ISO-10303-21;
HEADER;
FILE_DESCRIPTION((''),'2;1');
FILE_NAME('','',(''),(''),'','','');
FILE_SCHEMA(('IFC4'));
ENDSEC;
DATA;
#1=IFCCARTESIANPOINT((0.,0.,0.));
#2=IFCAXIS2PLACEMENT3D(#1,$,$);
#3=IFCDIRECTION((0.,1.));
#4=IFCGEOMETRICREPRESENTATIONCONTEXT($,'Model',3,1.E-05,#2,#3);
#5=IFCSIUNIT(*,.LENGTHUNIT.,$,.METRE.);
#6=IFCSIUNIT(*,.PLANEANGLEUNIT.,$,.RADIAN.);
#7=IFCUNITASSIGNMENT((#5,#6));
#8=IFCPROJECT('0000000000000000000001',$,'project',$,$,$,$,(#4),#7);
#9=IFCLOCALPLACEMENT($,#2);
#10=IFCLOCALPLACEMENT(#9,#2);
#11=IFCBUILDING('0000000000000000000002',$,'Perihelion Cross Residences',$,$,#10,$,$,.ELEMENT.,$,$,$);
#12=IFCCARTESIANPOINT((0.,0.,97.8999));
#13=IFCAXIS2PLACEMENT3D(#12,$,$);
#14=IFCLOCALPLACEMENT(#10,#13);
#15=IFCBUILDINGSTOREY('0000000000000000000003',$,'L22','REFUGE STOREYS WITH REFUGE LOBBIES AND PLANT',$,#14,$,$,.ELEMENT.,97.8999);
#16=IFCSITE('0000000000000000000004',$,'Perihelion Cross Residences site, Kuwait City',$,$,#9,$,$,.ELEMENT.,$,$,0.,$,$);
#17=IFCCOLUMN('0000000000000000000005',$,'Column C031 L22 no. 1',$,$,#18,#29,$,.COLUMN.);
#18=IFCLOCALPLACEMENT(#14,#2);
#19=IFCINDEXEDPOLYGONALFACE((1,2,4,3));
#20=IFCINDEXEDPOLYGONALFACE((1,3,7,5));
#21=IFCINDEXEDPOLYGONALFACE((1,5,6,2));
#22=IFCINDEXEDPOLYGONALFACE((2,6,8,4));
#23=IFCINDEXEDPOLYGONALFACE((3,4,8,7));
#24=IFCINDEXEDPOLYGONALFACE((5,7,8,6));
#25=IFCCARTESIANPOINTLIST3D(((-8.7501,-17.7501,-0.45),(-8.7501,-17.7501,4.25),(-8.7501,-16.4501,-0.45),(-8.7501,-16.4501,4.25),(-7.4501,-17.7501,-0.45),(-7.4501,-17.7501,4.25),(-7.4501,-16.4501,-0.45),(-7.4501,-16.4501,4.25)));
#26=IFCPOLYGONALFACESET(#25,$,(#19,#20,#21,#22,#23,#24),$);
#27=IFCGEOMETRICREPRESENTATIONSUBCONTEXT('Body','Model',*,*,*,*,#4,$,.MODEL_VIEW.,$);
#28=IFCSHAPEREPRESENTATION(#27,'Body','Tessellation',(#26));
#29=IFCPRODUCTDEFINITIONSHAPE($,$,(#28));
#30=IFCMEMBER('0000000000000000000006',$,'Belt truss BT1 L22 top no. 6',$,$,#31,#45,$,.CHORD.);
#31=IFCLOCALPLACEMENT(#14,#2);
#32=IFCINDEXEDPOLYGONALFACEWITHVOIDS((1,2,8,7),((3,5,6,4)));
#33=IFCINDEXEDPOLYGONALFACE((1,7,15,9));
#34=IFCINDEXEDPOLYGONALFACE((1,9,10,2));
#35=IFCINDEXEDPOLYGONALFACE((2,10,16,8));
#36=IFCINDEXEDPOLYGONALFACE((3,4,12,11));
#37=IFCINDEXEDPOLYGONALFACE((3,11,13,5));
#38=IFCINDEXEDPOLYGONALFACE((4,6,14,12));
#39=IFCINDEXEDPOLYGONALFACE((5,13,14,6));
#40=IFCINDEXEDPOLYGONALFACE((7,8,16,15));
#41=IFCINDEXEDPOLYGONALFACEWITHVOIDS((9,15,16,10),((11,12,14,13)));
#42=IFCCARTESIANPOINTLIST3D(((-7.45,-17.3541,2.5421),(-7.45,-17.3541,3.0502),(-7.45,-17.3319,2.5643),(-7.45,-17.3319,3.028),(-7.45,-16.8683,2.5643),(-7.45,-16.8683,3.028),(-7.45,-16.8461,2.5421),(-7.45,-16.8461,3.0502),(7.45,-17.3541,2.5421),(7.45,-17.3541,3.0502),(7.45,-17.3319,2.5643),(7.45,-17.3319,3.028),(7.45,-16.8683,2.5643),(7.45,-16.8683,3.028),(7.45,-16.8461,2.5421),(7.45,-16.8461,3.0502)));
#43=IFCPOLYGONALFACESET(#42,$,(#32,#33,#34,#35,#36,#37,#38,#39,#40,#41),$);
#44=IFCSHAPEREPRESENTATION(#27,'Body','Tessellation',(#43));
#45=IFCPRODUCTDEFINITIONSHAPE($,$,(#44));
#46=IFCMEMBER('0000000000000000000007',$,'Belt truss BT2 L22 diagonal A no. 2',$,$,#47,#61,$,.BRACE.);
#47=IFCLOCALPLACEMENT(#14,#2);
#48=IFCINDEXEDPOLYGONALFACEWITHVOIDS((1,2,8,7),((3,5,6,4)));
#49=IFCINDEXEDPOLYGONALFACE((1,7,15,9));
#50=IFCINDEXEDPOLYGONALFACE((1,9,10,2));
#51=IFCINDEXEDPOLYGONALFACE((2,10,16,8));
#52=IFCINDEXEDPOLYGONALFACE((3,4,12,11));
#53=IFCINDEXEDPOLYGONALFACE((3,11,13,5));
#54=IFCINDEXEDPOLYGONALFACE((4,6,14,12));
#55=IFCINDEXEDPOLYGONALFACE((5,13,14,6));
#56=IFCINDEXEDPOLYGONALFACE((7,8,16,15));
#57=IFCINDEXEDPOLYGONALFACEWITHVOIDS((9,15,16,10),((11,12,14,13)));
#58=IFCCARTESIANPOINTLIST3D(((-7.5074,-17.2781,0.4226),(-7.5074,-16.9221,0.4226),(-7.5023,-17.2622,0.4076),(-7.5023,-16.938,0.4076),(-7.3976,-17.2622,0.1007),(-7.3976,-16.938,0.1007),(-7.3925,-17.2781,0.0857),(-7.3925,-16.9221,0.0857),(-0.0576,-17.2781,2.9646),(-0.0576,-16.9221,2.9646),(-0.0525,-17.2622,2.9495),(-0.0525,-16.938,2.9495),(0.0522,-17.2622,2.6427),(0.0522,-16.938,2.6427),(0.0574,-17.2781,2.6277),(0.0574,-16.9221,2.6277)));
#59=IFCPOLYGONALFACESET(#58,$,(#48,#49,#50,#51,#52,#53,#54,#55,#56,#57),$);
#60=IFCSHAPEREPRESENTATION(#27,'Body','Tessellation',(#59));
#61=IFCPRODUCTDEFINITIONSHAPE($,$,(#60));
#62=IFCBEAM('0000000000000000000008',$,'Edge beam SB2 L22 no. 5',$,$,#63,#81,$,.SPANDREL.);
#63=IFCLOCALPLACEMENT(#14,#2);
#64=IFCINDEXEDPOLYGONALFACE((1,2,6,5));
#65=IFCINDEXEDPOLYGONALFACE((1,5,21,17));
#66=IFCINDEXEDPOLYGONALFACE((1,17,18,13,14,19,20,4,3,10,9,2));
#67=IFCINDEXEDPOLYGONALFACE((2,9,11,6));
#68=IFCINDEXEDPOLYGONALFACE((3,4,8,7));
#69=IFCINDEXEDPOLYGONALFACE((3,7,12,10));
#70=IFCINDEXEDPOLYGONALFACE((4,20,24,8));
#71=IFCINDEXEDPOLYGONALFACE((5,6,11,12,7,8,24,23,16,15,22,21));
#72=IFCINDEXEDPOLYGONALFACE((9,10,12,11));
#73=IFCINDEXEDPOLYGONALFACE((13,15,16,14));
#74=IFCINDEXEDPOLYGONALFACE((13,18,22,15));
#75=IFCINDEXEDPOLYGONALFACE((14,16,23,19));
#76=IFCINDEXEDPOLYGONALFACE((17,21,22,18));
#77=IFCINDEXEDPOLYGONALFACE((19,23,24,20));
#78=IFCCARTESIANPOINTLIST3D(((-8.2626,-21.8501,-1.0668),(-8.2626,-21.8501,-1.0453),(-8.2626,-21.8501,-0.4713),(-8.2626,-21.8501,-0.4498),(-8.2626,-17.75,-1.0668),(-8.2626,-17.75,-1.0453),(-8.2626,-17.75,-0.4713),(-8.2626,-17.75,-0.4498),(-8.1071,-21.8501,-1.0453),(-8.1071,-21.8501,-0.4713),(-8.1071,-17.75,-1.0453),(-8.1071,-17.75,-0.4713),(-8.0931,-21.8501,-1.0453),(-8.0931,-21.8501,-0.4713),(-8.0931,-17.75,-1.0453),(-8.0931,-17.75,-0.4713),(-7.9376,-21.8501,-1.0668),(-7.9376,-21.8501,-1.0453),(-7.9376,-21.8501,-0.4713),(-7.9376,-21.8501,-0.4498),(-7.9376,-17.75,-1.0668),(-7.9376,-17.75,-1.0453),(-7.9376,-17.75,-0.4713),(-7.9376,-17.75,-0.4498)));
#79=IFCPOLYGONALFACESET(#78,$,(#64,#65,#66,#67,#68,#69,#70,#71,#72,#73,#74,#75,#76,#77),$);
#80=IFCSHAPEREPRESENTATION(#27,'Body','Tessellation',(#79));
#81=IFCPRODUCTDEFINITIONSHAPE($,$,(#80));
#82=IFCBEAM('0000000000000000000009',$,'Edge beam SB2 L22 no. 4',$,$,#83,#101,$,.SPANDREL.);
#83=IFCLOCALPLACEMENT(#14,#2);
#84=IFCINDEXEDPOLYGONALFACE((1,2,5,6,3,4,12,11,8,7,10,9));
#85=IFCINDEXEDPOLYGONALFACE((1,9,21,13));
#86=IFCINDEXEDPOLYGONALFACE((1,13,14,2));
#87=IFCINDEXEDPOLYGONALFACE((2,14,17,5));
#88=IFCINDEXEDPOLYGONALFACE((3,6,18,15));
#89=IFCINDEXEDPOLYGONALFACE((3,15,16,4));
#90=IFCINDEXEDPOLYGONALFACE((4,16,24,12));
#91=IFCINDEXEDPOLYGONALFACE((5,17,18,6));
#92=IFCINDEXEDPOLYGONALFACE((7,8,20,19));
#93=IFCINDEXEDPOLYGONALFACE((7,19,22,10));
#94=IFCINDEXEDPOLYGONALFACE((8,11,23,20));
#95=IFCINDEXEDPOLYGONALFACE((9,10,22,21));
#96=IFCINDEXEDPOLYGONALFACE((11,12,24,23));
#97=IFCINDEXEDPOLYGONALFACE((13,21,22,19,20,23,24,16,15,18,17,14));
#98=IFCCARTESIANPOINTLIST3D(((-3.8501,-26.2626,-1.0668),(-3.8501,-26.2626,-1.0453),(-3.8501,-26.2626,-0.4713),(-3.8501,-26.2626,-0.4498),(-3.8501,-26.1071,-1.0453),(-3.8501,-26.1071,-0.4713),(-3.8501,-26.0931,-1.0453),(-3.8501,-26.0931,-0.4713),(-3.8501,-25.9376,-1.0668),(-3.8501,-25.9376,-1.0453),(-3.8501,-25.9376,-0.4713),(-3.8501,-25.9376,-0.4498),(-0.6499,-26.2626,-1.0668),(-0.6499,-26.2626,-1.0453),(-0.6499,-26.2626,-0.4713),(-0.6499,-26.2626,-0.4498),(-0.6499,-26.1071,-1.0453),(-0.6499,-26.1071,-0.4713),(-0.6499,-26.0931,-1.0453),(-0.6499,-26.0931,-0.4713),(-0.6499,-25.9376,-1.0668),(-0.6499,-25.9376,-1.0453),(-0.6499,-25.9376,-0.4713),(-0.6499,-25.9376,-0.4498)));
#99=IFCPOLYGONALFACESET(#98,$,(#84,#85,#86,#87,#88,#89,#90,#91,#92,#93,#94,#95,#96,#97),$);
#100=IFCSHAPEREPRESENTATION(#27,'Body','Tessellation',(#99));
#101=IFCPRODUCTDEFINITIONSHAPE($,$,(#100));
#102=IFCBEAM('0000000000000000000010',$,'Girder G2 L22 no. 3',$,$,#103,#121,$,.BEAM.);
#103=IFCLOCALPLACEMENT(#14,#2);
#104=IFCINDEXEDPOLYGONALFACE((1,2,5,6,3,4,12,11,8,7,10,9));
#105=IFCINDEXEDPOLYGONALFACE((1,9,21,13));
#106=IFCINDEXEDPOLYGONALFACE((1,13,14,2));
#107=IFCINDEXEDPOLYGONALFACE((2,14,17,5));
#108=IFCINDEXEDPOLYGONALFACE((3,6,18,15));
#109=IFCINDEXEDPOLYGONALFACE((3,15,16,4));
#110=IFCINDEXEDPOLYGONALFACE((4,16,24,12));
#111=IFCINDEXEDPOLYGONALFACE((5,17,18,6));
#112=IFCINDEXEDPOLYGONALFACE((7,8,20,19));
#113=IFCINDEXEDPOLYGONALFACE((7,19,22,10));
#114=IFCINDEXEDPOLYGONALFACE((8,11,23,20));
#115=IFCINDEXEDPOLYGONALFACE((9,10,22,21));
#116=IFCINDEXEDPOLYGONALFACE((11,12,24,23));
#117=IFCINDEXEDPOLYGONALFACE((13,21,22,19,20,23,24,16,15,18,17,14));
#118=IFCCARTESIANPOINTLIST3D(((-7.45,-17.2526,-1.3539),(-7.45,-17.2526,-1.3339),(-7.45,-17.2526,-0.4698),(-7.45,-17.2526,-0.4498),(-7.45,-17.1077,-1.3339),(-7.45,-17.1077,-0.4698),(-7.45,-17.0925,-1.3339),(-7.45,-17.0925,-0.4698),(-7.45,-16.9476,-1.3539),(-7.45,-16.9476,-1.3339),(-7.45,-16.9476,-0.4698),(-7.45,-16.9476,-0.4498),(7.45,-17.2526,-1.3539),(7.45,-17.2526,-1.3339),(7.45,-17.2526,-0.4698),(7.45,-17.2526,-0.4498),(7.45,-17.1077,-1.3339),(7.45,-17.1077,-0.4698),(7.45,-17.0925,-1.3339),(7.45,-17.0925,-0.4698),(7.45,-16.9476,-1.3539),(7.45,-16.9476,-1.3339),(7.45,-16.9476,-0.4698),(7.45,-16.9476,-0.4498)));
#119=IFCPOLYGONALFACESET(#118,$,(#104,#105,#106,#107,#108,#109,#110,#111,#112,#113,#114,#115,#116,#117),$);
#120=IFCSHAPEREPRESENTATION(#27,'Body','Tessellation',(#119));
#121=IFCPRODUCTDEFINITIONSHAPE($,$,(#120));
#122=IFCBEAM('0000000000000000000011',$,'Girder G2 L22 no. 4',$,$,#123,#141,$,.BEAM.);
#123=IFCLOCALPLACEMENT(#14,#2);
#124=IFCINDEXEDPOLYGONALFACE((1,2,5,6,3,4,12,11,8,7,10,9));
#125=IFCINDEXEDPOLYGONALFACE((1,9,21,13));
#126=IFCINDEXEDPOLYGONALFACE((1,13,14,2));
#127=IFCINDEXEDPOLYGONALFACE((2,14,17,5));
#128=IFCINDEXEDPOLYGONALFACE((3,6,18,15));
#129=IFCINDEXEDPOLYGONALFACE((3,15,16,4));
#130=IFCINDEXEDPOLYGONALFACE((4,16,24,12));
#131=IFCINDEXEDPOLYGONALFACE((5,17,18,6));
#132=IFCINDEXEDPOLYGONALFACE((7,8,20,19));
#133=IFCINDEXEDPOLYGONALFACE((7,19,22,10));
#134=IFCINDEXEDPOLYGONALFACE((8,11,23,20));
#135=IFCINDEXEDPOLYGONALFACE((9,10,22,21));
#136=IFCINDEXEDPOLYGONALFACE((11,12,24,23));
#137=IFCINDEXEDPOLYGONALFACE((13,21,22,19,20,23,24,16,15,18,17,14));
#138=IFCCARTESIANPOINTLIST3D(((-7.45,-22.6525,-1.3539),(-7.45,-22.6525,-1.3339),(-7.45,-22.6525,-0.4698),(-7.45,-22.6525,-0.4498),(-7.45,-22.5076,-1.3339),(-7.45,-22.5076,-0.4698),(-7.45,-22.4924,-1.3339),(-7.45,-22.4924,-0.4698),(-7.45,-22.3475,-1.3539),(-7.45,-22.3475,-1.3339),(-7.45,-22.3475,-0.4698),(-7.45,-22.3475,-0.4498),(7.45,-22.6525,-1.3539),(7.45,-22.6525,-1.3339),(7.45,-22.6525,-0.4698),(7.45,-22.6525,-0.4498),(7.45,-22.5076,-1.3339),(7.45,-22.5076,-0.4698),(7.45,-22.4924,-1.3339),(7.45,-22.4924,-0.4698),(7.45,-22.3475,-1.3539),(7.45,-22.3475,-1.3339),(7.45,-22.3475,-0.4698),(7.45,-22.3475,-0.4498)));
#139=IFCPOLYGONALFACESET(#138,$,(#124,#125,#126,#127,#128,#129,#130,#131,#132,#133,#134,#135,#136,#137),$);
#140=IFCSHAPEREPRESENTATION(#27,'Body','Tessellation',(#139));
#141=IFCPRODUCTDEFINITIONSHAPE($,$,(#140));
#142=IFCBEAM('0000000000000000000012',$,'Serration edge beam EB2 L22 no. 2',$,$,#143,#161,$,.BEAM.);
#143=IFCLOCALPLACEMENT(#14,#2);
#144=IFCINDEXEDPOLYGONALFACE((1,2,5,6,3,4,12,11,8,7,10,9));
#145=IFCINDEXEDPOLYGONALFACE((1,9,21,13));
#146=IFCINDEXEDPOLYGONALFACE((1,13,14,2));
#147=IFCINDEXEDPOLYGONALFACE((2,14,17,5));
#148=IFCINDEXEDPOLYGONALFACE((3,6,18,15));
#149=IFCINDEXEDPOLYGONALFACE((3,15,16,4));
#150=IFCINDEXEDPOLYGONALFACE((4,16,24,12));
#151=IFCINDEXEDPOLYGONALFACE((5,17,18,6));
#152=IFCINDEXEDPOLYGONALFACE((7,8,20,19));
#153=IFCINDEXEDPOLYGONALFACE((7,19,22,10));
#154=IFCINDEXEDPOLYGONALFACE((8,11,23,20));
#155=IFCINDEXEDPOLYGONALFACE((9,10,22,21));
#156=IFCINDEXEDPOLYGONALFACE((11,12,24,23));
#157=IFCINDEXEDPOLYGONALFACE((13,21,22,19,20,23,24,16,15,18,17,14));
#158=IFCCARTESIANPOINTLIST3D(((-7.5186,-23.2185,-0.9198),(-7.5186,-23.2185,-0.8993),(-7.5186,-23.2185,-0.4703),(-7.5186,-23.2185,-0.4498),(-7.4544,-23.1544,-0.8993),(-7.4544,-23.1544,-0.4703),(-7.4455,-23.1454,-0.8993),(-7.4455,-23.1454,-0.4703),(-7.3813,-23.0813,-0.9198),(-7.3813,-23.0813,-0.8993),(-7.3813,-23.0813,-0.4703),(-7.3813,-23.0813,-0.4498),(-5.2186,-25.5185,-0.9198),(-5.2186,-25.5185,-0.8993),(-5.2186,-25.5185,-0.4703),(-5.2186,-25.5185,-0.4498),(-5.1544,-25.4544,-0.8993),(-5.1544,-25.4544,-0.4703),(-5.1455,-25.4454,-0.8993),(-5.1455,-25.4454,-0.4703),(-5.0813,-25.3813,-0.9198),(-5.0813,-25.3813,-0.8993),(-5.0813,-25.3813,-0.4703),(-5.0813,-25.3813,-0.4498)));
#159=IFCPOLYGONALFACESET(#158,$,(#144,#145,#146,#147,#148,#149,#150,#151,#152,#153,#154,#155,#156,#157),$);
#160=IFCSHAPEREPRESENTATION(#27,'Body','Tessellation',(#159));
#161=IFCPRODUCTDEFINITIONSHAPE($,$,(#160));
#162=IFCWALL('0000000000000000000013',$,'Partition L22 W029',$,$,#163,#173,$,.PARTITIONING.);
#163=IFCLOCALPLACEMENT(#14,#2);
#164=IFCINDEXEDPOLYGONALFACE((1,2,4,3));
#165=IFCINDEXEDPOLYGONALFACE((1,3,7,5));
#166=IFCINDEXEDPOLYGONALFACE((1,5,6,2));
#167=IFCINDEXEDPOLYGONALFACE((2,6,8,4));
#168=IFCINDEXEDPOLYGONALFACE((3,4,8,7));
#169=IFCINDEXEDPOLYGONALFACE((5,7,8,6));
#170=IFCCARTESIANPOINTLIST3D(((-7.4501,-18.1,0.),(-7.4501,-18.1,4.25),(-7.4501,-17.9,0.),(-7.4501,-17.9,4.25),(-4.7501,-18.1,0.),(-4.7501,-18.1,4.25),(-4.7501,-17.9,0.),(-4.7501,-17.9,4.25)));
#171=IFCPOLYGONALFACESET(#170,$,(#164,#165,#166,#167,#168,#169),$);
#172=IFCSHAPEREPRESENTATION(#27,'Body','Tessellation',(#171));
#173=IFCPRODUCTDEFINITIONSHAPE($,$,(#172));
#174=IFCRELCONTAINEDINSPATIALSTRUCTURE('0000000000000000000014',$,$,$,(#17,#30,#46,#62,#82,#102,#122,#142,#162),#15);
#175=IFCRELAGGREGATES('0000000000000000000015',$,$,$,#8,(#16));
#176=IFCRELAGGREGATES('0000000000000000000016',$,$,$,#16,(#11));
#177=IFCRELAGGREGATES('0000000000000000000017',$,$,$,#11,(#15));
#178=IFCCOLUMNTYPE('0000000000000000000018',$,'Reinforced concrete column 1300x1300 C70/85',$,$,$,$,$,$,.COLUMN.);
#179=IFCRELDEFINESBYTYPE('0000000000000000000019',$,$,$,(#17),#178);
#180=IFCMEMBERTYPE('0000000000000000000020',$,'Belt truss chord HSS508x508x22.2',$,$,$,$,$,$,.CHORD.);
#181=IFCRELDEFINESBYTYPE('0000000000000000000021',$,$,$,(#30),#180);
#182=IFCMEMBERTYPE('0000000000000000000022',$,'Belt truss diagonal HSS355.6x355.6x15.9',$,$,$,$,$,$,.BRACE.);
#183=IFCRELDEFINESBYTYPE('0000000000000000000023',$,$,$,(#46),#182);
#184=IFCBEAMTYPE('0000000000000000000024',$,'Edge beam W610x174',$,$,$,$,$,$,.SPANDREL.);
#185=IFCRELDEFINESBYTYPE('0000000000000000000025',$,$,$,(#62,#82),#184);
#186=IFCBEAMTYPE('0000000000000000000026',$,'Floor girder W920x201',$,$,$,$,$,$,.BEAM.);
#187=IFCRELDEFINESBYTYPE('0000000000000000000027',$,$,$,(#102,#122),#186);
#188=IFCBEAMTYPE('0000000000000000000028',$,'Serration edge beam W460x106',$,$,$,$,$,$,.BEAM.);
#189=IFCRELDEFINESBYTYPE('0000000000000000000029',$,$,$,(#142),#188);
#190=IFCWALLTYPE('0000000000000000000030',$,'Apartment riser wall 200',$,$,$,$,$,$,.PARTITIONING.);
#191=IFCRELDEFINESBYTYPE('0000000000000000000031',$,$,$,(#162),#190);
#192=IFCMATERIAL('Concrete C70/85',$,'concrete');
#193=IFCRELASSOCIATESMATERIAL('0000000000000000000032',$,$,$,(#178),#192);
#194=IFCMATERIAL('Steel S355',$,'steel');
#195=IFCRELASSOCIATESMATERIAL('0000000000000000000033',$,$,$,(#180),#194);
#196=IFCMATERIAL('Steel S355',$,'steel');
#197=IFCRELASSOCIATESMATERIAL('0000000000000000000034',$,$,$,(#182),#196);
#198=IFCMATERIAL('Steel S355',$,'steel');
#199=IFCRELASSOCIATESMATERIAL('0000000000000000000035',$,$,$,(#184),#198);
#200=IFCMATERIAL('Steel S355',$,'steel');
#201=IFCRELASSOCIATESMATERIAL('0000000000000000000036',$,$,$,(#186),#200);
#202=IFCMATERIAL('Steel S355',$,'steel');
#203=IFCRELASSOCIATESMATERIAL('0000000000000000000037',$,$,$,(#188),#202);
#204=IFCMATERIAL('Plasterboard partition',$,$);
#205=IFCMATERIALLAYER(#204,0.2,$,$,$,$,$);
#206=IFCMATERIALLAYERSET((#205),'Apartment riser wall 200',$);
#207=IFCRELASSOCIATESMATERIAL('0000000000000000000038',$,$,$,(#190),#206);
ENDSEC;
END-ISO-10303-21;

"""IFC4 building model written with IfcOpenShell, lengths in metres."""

from ifc_helpers import new_model, si_unit, direction, frame, frame_2d, origin, origin_2d, place, context, subcontext, project, spatial, rectangle, hollow_rectangle, i_section, extrude, material, layer, layer_set, material_profile, profile_set, type_object, element, save


model = new_model("IFC4")

# Units and contexts
model_context = context("Model", 3, precision=1e-05, world=origin(), true_north=direction((0.0, 1.0)))
body_context = subcontext(model_context, "Body", "Model", "MODEL_VIEW")
ifc_project = project(units=[si_unit("LENGTHUNIT", "METRE"), si_unit("PLANEANGLEUNIT", "RADIAN")], contexts=[model_context])

# Site, building, storey
site_placement = place(None, origin())
site = spatial("IfcSite", under=ifc_project, at=site_placement, Name="Perihelion Cross Residences site, Kuwait City", CompositionType="ELEMENT", RefElevation=0.0)
building_placement = place(site_placement, origin())
building = spatial("IfcBuilding", under=site, at=building_placement, Name="Perihelion Cross Residences", CompositionType="ELEMENT")
storey_placement = place(building_placement, frame((0.0, 0.0, 97.8999)))
storey = spatial("IfcBuildingStorey", under=building, at=storey_placement, Name="L22", Description="REFUGE STOREYS WITH REFUGE LOBBIES AND PLANT", CompositionType="ELEMENT", Elevation=97.8999)

# Column
ifc_material_1 = material(Name="Concrete C70/85", Category="concrete")
ifc_material_profile_1 = material_profile(ifc_material_1, rectangle(XDim=1.3, YDim=1.3, at=origin_2d()), Name="RC 1300x1300")
ifc_profile_set_1 = profile_set([ifc_material_profile_1], Name="Concrete C70/85")
column_type = type_object("IfcColumnType", Name="Reinforced concrete column 1300x1300 C70/85", PredefinedType="COLUMN", material=ifc_profile_set_1)
column_placement = place(storey_placement, frame((-8.1001, -17.1001, -0.45), z_axis=(0.0, 0.0, 1.0), x_axis=(1.0, 0.0, 0.0)))
element("IfcColumn", 1, at=column_placement, inside=storey, type_object=column_type, Name="Column C031 L22 no. 1", PredefinedType="COLUMN", context=body_context, shape_type="SweptSolid", body=[
    extrude(rectangle(XDim=1.3, YDim=1.3, at=origin_2d()), origin(), (0.0, 0.0, 1.0), 4.7),
])

# Members
ifc_material_2 = material(Name="Steel S355", Category="steel")
ifc_material_profile_2 = material_profile(ifc_material_2, hollow_rectangle(XDim=0.5081, YDim=0.5081, WallThickness=0.0222, at=origin_2d()), Name="HSS508x508x22.2")
ifc_profile_set_2 = profile_set([ifc_material_profile_2], Name="Steel S355")
member_type_1 = type_object("IfcMemberType", Name="Belt truss chord HSS508x508x22.2", PredefinedType="CHORD", material=ifc_profile_set_2)
member_1_placement = place(storey_placement, frame((-7.45, -17.1001, 2.7961), z_axis=(1.0, 0.0, 0.0), x_axis=(0.0, 1.0, 0.0)))
element("IfcMember", 2, at=member_1_placement, inside=storey, type_object=member_type_1, Name="Belt truss BT1 L22 top no. 6", PredefinedType="CHORD", context=body_context, shape_type="SweptSolid", body=[
    extrude(hollow_rectangle(XDim=0.5081, YDim=0.5081, WallThickness=0.0222, at=origin_2d()), origin(), (0.0, 0.0, 1.0), 14.8999),
])
ifc_material_3 = material(Name="Steel S355", Category="steel")
ifc_material_profile_3 = material_profile(ifc_material_3, hollow_rectangle(XDim=0.356, YDim=0.356, WallThickness=0.0159, at=origin_2d()), Name="HSS355.6x355.6x15.9")
ifc_profile_set_3 = profile_set([ifc_material_profile_3], Name="Steel S355")
member_type_2 = type_object("IfcMemberType", Name="Belt truss diagonal HSS355.6x355.6x15.9", PredefinedType="BRACE", material=ifc_profile_set_3)
member_2_placement = place(storey_placement, frame((-7.45, -17.1001, 0.2542), z_axis=(0.946423, 0.0, 0.322928), x_axis=(0.0, 1.0, 0.0)))
element("IfcMember", 3, at=member_2_placement, inside=storey, type_object=member_type_2, Name="Belt truss BT2 L22 diagonal A no. 2", PredefinedType="BRACE", context=body_context, shape_type="SweptSolid", body=[
    extrude(hollow_rectangle(XDim=0.356, YDim=0.356, WallThickness=0.0159, at=origin_2d()), origin(), (0.0, 0.0, 1.0), 7.8716),
])

# Beams
ifc_material_4 = material(Name="Steel S355", Category="steel")
ifc_material_profile_4 = material_profile(ifc_material_4, i_section(OverallWidth=0.325, OverallDepth=0.6169, WebThickness=0.0139, FlangeThickness=0.0215, at=origin_2d()), Name="W610x174")
ifc_profile_set_4 = profile_set([ifc_material_profile_4], Name="Steel S355")
beam_type_1 = type_object("IfcBeamType", Name="Edge beam W610x174", PredefinedType="SPANDREL", material=ifc_profile_set_4)
beam_1_placement = place(storey_placement, frame((-8.1001, -17.75, -0.7583), z_axis=(0.0, -1.0, 0.0), x_axis=(1.0, 0.0, 0.0)))
element("IfcBeam", 4, at=beam_1_placement, inside=storey, type_object=beam_type_1, Name="Edge beam SB2 L22 no. 5", PredefinedType="SPANDREL", context=body_context, shape_type="SweptSolid", body=[
    extrude(i_section(OverallWidth=0.325, OverallDepth=0.6169, WebThickness=0.0139, FlangeThickness=0.0215, at=origin_2d()), origin(), (0.0, 0.0, 1.0), 4.1001),
])
beam_2_placement = place(storey_placement, frame((-3.8501, -26.1001, -0.7583), z_axis=(1.0, 0.0, 0.0), x_axis=(0.0, 1.0, 0.0)))
element("IfcBeam", 5, at=beam_2_placement, inside=storey, type_object=beam_type_1, Name="Edge beam SB2 L22 no. 4", PredefinedType="SPANDREL", context=body_context, shape_type="SweptSolid", body=[
    extrude(i_section(OverallWidth=0.325, OverallDepth=0.6169, WebThickness=0.0139, FlangeThickness=0.0215, at=origin_2d()), origin(), (0.0, 0.0, 1.0), 3.2002),
])
ifc_material_5 = material(Name="Steel S355", Category="steel")
ifc_material_profile_5 = material_profile(ifc_material_5, i_section(OverallWidth=0.3049, OverallDepth=0.9041, WebThickness=0.0151, FlangeThickness=0.02, at=origin_2d()), Name="W920x201")
ifc_profile_set_5 = profile_set([ifc_material_profile_5], Name="Steel S355")
beam_type_2 = type_object("IfcBeamType", Name="Floor girder W920x201", PredefinedType="BEAM", material=ifc_profile_set_5)
for number, where, z_axis, x_axis, name in (
    (6, (-7.45, -17.1001, -0.9019), (1.0, 0.0, 0.0), (0.0, 1.0, 0.0), "Girder G2 L22 no. 3"),
    (7, (-7.45, -22.5, -0.9019), (1.0, 0.0, 0.0), (0.0, 1.0, 0.0), "Girder G2 L22 no. 4"),
):
    element("IfcBeam", number, at=place(storey_placement, frame(where, z_axis=z_axis, x_axis=x_axis)), inside=storey, type_object=beam_type_2, Name=name, PredefinedType="BEAM", context=body_context, shape_type="SweptSolid", body=[
        extrude(i_section(OverallWidth=0.3049, OverallDepth=0.9041, WebThickness=0.0151, FlangeThickness=0.02, at=origin_2d()), origin(), (0.0, 0.0, 1.0), 14.8999),
    ])
ifc_material_6 = material(Name="Steel S355", Category="steel")
ifc_material_profile_6 = material_profile(ifc_material_6, i_section(OverallWidth=0.1941, OverallDepth=0.47, WebThickness=0.0127, FlangeThickness=0.0205, at=origin_2d()), Name="W460x106")
ifc_profile_set_6 = profile_set([ifc_material_profile_6], Name="Steel S355")
beam_type_3 = type_object("IfcBeamType", Name="Serration edge beam W460x106", PredefinedType="BEAM", material=ifc_profile_set_6)
beam_3_placement = place(storey_placement, frame((-7.45, -23.1499, -0.6848), z_axis=(0.707107, -0.707107, 0.0), x_axis=(0.707107, 0.707107, 0.0)))
element("IfcBeam", 8, at=beam_3_placement, inside=storey, type_object=beam_type_3, Name="Serration edge beam EB2 L22 no. 2", PredefinedType="BEAM", context=body_context, shape_type="SweptSolid", body=[
    extrude(i_section(OverallWidth=0.1941, OverallDepth=0.47, WebThickness=0.0127, FlangeThickness=0.0205, at=origin_2d()), origin(), (0.0, 0.0, 1.0), 3.2527),
])

# Wall
ifc_material_7 = material(Name="Plasterboard partition")
ifc_layer_1 = layer(ifc_material_7, 0.2)
ifc_layer_set_1 = layer_set([ifc_layer_1], Name="Apartment riser wall 200")
wall_type_1 = type_object("IfcWallType", Name="Apartment riser wall 200", PredefinedType="PARTITIONING", material=ifc_layer_set_1)
wall_1_placement = place(storey_placement, frame((-4.75, -18.0, 0.0), z_axis=(0.0, 0.0, 1.0), x_axis=(-1.0, 0.0, 0.0)))
element("IfcWall", 9, at=wall_1_placement, inside=storey, type_object=wall_type_1, Name="Partition L22 W029", PredefinedType="PARTITIONING", context=body_context, shape_type="SweptSolid", body=[
    extrude(rectangle(XDim=2.7, YDim=0.2, at=frame_2d((1.3501, 0.0))), origin(), (0.0, 0.0, 1.0), 4.25),
])

save(model, "model.ifc")
